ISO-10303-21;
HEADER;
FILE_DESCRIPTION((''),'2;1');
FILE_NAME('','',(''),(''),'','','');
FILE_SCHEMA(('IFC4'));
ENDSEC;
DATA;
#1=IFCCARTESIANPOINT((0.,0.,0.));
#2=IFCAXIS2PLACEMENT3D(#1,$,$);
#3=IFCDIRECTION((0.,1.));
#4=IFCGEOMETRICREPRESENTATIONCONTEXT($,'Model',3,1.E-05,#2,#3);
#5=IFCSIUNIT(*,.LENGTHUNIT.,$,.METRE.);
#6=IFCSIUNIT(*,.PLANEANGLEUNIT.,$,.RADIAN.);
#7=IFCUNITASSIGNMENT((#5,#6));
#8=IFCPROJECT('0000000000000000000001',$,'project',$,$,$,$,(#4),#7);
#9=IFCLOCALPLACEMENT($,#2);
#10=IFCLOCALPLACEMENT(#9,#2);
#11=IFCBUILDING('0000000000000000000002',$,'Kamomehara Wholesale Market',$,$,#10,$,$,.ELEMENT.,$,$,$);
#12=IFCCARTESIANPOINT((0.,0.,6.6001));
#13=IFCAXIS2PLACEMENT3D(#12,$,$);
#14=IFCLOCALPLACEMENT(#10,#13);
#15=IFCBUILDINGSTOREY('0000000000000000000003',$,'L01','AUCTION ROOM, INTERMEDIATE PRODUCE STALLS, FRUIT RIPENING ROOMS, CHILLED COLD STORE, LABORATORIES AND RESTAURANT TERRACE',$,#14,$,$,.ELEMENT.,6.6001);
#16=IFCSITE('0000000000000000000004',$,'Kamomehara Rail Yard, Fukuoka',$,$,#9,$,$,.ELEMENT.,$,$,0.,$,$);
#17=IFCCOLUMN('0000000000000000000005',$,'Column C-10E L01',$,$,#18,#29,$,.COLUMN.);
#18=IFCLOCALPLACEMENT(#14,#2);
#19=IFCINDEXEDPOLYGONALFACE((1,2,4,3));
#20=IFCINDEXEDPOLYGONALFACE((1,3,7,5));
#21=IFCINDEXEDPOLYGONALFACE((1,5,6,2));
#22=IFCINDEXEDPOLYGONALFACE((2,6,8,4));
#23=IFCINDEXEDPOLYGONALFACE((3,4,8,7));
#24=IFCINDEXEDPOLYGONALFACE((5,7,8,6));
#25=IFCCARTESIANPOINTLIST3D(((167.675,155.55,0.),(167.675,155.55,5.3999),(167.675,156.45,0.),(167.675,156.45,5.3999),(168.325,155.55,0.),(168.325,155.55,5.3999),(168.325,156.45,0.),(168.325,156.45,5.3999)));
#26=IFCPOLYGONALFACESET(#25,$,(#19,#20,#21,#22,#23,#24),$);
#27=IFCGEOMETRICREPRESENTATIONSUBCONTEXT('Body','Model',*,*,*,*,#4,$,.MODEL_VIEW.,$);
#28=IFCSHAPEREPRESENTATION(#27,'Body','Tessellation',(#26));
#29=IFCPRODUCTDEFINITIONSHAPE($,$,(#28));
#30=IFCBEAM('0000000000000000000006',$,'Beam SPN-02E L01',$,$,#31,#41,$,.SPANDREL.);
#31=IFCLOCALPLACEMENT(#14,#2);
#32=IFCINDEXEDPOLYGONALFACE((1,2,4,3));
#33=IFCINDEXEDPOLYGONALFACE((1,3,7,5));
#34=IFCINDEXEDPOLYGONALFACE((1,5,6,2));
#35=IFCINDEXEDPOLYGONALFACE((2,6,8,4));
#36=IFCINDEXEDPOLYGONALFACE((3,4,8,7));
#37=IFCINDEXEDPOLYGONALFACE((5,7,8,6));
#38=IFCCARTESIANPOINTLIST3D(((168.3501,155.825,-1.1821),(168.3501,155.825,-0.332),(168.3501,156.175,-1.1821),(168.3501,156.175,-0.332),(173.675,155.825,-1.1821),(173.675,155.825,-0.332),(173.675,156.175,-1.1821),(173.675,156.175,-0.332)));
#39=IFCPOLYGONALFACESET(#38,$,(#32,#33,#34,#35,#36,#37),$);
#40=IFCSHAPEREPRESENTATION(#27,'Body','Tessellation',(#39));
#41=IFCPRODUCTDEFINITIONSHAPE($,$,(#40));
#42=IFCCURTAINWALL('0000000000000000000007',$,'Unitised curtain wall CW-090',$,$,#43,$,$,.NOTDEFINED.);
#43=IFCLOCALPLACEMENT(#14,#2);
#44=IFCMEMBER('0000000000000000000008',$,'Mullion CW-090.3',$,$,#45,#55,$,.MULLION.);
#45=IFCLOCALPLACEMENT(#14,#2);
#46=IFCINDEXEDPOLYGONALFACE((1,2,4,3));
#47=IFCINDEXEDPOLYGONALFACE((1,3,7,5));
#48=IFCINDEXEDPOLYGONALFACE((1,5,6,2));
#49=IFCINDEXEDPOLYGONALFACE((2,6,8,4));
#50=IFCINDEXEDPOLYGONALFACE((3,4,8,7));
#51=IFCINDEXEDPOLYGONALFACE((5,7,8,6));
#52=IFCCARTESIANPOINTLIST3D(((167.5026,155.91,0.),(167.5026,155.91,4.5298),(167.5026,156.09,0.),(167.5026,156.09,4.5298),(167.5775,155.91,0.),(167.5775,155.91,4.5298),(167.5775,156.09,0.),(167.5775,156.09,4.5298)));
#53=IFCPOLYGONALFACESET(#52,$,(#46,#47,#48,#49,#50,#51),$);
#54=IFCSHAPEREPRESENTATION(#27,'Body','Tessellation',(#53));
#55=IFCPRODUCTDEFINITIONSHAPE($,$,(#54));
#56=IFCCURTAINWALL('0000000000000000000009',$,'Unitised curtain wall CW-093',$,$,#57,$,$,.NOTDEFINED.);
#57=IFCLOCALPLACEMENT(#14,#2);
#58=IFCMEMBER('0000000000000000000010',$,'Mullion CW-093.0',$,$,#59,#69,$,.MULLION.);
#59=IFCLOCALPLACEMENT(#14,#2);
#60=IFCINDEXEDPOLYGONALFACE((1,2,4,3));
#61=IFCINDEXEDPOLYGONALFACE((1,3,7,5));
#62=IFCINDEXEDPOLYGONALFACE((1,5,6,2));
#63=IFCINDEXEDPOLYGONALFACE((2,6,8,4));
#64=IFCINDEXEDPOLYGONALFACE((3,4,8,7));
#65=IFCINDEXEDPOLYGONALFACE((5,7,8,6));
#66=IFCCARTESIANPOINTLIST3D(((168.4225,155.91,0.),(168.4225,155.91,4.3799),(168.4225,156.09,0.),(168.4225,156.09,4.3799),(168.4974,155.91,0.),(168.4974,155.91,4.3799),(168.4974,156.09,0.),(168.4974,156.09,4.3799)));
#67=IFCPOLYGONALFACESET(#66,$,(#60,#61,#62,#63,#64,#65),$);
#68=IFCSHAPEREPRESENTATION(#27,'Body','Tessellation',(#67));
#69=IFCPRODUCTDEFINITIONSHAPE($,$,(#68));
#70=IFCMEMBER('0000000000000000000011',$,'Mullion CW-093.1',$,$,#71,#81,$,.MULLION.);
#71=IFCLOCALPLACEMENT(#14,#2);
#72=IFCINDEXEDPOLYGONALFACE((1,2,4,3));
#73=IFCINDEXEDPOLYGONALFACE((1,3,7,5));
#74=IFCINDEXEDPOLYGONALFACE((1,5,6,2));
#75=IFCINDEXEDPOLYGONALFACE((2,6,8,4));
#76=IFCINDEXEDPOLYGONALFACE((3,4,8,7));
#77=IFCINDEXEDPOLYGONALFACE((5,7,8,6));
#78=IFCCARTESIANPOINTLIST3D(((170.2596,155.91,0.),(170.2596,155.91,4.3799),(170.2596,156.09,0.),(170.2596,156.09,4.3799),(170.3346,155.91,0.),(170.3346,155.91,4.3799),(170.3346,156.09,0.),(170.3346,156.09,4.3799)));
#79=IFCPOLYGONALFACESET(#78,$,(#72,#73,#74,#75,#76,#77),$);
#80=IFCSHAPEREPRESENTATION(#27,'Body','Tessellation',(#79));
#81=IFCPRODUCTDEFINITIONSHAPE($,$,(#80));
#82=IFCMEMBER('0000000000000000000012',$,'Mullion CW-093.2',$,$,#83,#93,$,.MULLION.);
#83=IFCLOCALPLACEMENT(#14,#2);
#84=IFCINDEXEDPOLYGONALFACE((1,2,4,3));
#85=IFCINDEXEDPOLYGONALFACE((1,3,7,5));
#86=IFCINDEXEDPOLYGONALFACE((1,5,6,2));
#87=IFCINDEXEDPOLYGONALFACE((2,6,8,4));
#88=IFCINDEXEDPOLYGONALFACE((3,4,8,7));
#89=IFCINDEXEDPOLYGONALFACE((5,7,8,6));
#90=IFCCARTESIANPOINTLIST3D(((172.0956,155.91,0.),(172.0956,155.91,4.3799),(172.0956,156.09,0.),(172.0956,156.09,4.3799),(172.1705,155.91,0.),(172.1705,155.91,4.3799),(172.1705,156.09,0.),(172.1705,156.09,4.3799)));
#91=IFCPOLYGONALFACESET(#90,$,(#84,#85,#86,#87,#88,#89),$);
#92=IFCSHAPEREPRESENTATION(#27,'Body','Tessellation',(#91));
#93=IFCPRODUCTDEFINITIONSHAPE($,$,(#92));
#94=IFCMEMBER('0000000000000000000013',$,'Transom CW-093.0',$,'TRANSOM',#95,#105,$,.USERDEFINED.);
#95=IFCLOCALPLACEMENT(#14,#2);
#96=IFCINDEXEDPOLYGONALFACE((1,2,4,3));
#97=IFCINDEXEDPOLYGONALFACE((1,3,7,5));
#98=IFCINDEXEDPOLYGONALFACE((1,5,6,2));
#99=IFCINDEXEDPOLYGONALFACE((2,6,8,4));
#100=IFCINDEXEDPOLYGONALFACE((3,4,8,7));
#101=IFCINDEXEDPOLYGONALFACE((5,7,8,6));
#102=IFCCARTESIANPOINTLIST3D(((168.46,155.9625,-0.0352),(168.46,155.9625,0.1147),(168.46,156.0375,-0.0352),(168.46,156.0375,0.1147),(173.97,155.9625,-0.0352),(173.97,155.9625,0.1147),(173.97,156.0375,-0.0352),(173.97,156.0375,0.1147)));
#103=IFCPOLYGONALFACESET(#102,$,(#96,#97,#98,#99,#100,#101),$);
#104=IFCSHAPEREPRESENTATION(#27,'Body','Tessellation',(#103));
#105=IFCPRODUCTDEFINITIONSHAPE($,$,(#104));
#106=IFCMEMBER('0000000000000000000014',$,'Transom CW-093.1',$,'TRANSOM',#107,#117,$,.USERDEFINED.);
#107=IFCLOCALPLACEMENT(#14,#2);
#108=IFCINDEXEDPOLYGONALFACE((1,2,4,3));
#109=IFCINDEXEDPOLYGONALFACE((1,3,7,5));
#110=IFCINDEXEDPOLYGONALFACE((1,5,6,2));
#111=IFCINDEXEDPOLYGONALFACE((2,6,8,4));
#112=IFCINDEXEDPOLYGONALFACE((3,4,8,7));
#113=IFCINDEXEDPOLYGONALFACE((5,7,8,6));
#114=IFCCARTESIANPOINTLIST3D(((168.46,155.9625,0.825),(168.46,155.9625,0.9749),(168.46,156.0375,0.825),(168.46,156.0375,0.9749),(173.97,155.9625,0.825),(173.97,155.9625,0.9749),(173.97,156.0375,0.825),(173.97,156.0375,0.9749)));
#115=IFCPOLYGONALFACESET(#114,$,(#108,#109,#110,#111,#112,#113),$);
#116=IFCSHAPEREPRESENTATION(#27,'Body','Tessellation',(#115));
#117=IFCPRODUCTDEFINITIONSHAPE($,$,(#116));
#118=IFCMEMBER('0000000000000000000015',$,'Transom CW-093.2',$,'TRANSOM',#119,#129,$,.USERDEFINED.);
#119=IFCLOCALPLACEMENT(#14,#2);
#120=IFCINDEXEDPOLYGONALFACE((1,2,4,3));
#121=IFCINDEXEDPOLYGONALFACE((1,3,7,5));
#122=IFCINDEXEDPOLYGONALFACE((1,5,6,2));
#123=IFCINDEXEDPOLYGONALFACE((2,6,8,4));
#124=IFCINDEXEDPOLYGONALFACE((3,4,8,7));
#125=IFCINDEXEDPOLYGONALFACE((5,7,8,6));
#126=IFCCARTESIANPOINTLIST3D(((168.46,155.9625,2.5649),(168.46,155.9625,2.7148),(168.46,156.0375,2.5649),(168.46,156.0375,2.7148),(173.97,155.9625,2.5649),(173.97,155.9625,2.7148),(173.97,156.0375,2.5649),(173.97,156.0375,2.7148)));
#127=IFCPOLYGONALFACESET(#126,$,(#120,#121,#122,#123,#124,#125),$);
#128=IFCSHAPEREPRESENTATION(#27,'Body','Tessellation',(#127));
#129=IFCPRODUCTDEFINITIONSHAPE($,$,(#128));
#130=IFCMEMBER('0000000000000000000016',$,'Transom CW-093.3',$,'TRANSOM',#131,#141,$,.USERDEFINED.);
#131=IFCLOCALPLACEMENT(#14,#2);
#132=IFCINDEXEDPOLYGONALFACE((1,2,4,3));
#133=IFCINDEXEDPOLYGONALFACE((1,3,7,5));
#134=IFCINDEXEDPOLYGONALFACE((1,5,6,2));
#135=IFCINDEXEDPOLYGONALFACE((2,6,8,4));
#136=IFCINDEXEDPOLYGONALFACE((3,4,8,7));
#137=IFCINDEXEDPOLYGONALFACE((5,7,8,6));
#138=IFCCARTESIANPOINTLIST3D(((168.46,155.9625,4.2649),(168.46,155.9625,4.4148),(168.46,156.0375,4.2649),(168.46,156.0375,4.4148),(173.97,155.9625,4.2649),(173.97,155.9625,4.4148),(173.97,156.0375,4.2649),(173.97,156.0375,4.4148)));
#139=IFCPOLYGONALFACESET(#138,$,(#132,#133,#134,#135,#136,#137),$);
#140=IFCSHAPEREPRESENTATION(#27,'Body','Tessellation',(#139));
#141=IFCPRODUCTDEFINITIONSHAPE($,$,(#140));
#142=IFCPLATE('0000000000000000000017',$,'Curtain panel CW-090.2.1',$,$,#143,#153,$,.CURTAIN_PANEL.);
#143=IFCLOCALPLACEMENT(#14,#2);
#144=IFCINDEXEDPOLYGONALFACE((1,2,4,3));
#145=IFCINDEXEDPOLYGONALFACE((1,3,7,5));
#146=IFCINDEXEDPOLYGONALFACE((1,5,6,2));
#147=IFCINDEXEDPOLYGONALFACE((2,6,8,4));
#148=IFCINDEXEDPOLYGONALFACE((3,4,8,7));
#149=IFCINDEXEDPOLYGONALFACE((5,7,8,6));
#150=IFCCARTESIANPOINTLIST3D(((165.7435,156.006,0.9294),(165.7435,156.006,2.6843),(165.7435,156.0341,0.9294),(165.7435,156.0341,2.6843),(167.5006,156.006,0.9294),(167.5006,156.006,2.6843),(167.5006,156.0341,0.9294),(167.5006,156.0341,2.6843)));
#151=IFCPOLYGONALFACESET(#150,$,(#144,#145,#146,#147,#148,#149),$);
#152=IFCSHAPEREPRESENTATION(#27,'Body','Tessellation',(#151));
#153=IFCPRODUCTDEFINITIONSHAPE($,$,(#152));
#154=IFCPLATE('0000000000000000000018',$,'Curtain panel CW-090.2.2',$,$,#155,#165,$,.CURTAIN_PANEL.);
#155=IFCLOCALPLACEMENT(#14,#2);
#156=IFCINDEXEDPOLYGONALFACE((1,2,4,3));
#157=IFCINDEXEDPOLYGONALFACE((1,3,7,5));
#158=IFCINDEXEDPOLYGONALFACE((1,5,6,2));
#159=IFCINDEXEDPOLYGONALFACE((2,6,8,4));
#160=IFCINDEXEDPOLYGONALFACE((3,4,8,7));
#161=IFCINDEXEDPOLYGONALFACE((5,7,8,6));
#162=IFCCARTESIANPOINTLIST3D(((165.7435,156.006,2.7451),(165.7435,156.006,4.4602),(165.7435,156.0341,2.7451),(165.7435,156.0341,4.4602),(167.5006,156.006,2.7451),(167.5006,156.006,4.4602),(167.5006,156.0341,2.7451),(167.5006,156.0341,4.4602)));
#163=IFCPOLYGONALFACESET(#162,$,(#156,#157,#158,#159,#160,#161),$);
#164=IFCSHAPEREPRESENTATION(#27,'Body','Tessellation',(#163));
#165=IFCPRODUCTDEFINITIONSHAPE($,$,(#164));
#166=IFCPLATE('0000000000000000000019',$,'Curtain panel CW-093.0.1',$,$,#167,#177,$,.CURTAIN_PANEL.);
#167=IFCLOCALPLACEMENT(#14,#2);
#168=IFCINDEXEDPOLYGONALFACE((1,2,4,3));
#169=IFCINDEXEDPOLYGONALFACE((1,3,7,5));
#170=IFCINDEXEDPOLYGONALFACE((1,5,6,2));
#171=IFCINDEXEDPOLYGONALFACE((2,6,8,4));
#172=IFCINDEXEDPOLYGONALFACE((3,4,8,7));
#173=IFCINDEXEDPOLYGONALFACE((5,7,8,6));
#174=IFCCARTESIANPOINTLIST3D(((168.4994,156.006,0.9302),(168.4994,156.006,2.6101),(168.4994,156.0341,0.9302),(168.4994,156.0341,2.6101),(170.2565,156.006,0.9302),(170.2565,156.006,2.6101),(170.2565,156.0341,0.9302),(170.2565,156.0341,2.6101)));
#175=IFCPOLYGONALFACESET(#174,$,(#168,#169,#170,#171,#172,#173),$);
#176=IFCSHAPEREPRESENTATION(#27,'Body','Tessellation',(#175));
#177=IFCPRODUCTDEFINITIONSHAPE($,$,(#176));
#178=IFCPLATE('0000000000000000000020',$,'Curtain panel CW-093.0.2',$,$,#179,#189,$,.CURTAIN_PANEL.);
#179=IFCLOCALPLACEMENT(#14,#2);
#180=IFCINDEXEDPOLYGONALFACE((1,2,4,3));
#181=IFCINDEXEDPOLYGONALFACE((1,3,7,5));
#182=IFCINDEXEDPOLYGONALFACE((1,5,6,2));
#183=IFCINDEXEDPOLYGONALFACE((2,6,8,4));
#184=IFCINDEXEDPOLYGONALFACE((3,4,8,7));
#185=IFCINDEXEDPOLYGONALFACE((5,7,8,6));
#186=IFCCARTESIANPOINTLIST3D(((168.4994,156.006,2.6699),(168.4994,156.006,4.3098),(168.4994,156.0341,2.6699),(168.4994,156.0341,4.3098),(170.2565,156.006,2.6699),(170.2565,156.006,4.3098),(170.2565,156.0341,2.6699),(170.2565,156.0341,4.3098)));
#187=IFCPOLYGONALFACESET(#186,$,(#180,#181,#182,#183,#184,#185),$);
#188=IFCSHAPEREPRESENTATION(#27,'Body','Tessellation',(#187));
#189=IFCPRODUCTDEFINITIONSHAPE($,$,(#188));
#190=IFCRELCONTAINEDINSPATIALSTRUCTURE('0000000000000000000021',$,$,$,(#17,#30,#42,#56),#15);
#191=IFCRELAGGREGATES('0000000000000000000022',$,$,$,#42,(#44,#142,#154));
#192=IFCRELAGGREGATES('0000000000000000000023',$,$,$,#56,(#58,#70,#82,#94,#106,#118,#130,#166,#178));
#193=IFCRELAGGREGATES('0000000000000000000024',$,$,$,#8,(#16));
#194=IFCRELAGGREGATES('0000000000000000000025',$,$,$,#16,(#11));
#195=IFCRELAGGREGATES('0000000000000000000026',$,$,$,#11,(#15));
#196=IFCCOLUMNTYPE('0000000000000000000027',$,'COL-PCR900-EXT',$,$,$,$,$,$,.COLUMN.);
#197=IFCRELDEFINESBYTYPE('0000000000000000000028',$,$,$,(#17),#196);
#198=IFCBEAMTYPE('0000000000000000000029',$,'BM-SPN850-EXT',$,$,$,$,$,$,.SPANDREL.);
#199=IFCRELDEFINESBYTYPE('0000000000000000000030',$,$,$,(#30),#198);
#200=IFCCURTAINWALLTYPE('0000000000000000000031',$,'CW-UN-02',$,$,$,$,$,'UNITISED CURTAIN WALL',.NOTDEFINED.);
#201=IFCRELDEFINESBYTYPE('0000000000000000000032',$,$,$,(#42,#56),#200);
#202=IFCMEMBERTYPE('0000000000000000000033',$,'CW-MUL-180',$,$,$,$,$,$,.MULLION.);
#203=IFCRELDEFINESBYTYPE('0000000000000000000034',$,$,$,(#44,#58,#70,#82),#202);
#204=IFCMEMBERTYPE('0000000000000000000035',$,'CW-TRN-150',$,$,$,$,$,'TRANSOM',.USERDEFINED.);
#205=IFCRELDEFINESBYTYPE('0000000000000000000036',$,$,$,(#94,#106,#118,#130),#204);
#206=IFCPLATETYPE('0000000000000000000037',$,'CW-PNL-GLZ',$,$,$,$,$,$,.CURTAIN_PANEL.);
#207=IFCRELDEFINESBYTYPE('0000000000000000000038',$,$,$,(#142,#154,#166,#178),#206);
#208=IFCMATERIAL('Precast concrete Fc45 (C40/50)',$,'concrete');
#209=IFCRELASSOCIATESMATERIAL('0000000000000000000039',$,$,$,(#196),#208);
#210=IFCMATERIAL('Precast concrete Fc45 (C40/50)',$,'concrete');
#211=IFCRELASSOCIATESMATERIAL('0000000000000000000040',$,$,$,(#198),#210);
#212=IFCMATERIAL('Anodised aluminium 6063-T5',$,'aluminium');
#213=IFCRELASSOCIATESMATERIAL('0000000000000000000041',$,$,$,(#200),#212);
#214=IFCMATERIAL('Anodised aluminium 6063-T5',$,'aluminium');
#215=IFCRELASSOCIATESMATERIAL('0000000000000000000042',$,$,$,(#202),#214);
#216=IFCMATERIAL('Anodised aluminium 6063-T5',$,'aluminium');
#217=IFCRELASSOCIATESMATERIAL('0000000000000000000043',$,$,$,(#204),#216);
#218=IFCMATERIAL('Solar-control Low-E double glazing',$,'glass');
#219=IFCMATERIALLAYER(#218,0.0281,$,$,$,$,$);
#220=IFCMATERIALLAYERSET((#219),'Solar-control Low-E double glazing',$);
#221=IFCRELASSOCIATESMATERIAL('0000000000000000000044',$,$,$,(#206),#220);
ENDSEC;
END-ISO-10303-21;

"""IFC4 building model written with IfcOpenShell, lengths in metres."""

from ifc_helpers import new_model, si_unit, direction, frame, origin, origin_2d, place, context, subcontext, project, spatial, rectangle, extrude, material, layer, layer_set, material_profile, profile_set, type_object, element, aggregate, save


model = new_model("IFC4")

# Units and contexts
model_context = context("Model", 3, precision=1e-05, world=origin(), true_north=direction((0.0, 1.0)))
body_context = subcontext(model_context, "Body", "Model", "MODEL_VIEW")
ifc_project = project(units=[si_unit("LENGTHUNIT", "METRE"), si_unit("PLANEANGLEUNIT", "RADIAN")], contexts=[model_context])

# Site, building, storey
site_placement = place(None, origin())
site = spatial("IfcSite", under=ifc_project, at=site_placement, Name="Kamomehara Rail Yard, Fukuoka", CompositionType="ELEMENT", RefElevation=0.0)
building_placement = place(site_placement, origin())
building = spatial("IfcBuilding", under=site, at=building_placement, Name="Kamomehara Wholesale Market", CompositionType="ELEMENT")
storey_placement = place(building_placement, frame((0.0, 0.0, 6.6001)))
storey = spatial("IfcBuildingStorey", under=building, at=storey_placement, Name="L01", Description="AUCTION ROOM, INTERMEDIATE PRODUCE STALLS, FRUIT RIPENING ROOMS, CHILLED COLD STORE, LABORATORIES AND RESTAURANT TERRACE", CompositionType="ELEMENT", Elevation=6.6001)

# Column
ifc_material_1 = material(Name="Precast concrete Fc45 (C40/50)", Category="concrete")
ifc_material_profile_1 = material_profile(ifc_material_1, rectangle(XDim=0.6499, YDim=0.8999, at=origin_2d()), Name="PC-COL-650x900")
ifc_profile_set_1 = profile_set([ifc_material_profile_1], Name="Precast concrete Fc45 (C40/50)")
column_type = type_object("IfcColumnType", Name="COL-PCR900-EXT", PredefinedType="COLUMN", material=ifc_profile_set_1)
column_placement = place(storey_placement, frame((168.0, 156.0, 0.0), z_axis=(0.0, 0.0, 1.0), x_axis=(1.0, 0.0, 0.0)))
element("IfcColumn", 1, at=column_placement, inside=storey, type_object=column_type, Name="Column C-10E L01", PredefinedType="COLUMN", context=body_context, shape_type="SweptSolid", body=[
    extrude(rectangle(XDim=0.6499, YDim=0.8999, at=origin_2d()), origin(), (0.0, 0.0, 1.0), 5.3999),
])

# Beam
ifc_material_2 = material(Name="Precast concrete Fc45 (C40/50)", Category="concrete")
ifc_material_profile_2 = material_profile(ifc_material_2, rectangle(XDim=0.3501, YDim=0.8501, at=origin_2d()), Name="PC-SPN-350x850")
ifc_profile_set_2 = profile_set([ifc_material_profile_2], Name="Precast concrete Fc45 (C40/50)")
beam_type = type_object("IfcBeamType", Name="BM-SPN850-EXT", PredefinedType="SPANDREL", material=ifc_profile_set_2)
beam_placement = place(storey_placement, frame((168.3501, 156.0, -0.7571), z_axis=(1.0, 0.0, 0.0), x_axis=(0.0, 1.0, 0.0)))
element("IfcBeam", 2, at=beam_placement, inside=storey, type_object=beam_type, Name="Beam SPN-02E L01", PredefinedType="SPANDREL", context=body_context, shape_type="SweptSolid", body=[
    extrude(rectangle(XDim=0.3501, YDim=0.8501, at=origin_2d()), origin(), (0.0, 0.0, 1.0), 5.325),
])

# Curtain wall, member
ifc_material_3 = material(Name="Anodised aluminium 6063-T5", Category="aluminium")
curtain_wall_type = type_object("IfcCurtainWallType", Name="CW-UN-02", ElementType="UNITISED CURTAIN WALL", PredefinedType="NOTDEFINED", material=ifc_material_3)
curtain_wall_1_placement = place(storey_placement, origin())
curtain_wall_1 = element("IfcCurtainWall", 3, at=curtain_wall_1_placement, inside=storey, type_object=curtain_wall_type, Name="Unitised curtain wall CW-090", PredefinedType="NOTDEFINED")
ifc_material_4 = material(Name="Anodised aluminium 6063-T5", Category="aluminium")
ifc_material_profile_3 = material_profile(ifc_material_4, rectangle(XDim=0.075, YDim=0.1799, at=origin_2d()), Name="ALU-MUL-75x180")
ifc_profile_set_3 = profile_set([ifc_material_profile_3], Name="Anodised aluminium 6063-T5")
member_type_1 = type_object("IfcMemberType", Name="CW-MUL-180", PredefinedType="MULLION", material=ifc_profile_set_3)
member_1_placement = place(storey_placement, frame((167.54, 156.0, 0.0), z_axis=(0.0, 0.0, 1.0), x_axis=(1.0, 0.0, 0.0)))
member_1 = element("IfcMember", 4, at=member_1_placement, type_object=member_type_1, Name="Mullion CW-090.3", PredefinedType="MULLION", context=body_context, shape_type="SweptSolid", body=[
    extrude(rectangle(XDim=0.075, YDim=0.1799, at=origin_2d()), origin(), (0.0, 0.0, 1.0), 4.5298),
])

# Curtain wall, members
curtain_wall_2_placement = place(storey_placement, origin())
curtain_wall_2 = element("IfcCurtainWall", 5, at=curtain_wall_2_placement, inside=storey, type_object=curtain_wall_type, Name="Unitised curtain wall CW-093", PredefinedType="NOTDEFINED")
member_2_placement = place(storey_placement, frame((168.46, 156.0, 0.0), z_axis=(0.0, 0.0, 1.0), x_axis=(1.0, 0.0, 0.0)))
member_2 = element("IfcMember", 6, at=member_2_placement, type_object=member_type_1, Name="Mullion CW-093.0", PredefinedType="MULLION", context=body_context, shape_type="SweptSolid", body=[
    extrude(rectangle(XDim=0.075, YDim=0.1799, at=origin_2d()), origin(), (0.0, 0.0, 1.0), 4.3799),
])
member_3_placement = place(storey_placement, frame((170.2971, 156.0, 0.0), z_axis=(0.0, 0.0, 1.0), x_axis=(1.0, 0.0, 0.0)))
member_3 = element("IfcMember", 7, at=member_3_placement, type_object=member_type_1, Name="Mullion CW-093.1", PredefinedType="MULLION", context=body_context, shape_type="SweptSolid", body=[
    extrude(rectangle(XDim=0.075, YDim=0.1799, at=origin_2d()), origin(), (0.0, 0.0, 1.0), 4.3799),
])
member_4_placement = place(storey_placement, frame((172.1331, 156.0, 0.0), z_axis=(0.0, 0.0, 1.0), x_axis=(1.0, 0.0, 0.0)))
member_4 = element("IfcMember", 8, at=member_4_placement, type_object=member_type_1, Name="Mullion CW-093.2", PredefinedType="MULLION", context=body_context, shape_type="SweptSolid", body=[
    extrude(rectangle(XDim=0.075, YDim=0.1799, at=origin_2d()), origin(), (0.0, 0.0, 1.0), 4.3799),
])
ifc_material_5 = material(Name="Anodised aluminium 6063-T5", Category="aluminium")
ifc_material_profile_4 = material_profile(ifc_material_5, rectangle(XDim=0.075, YDim=0.1499, at=origin_2d()), Name="ALU-TRN-75x150")
ifc_profile_set_4 = profile_set([ifc_material_profile_4], Name="Anodised aluminium 6063-T5")
member_type_2 = type_object("IfcMemberType", Name="CW-TRN-150", ElementType="TRANSOM", PredefinedType="USERDEFINED", material=ifc_profile_set_4)
member_5_placement = place(storey_placement, frame((168.46, 156.0, 0.0398), z_axis=(1.0, 0.0, 0.0), x_axis=(0.0, 1.0, 0.0)))
member_5 = element("IfcMember", 9, at=member_5_placement, type_object=member_type_2, Name="Transom CW-093.0", ObjectType="TRANSOM", PredefinedType="USERDEFINED", context=body_context, shape_type="SweptSolid", body=[
    extrude(rectangle(XDim=0.075, YDim=0.1499, at=origin_2d()), origin(), (0.0, 0.0, 1.0), 5.51),
])
member_6_placement = place(storey_placement, frame((168.46, 156.0, 0.8999), z_axis=(1.0, 0.0, 0.0), x_axis=(0.0, 1.0, 0.0)))
member_6 = element("IfcMember", 10, at=member_6_placement, type_object=member_type_2, Name="Transom CW-093.1", ObjectType="TRANSOM", PredefinedType="USERDEFINED", context=body_context, shape_type="SweptSolid", body=[
    extrude(rectangle(XDim=0.075, YDim=0.1499, at=origin_2d()), origin(), (0.0, 0.0, 1.0), 5.51),
])
member_7_placement = place(storey_placement, frame((168.46, 156.0, 2.6399), z_axis=(1.0, 0.0, 0.0), x_axis=(0.0, 1.0, 0.0)))
member_7 = element("IfcMember", 11, at=member_7_placement, type_object=member_type_2, Name="Transom CW-093.2", ObjectType="TRANSOM", PredefinedType="USERDEFINED", context=body_context, shape_type="SweptSolid", body=[
    extrude(rectangle(XDim=0.075, YDim=0.1499, at=origin_2d()), origin(), (0.0, 0.0, 1.0), 5.51),
])
member_8_placement = place(storey_placement, frame((168.46, 156.0, 4.3398), z_axis=(1.0, 0.0, 0.0), x_axis=(0.0, 1.0, 0.0)))
member_8 = element("IfcMember", 12, at=member_8_placement, type_object=member_type_2, Name="Transom CW-093.3", ObjectType="TRANSOM", PredefinedType="USERDEFINED", context=body_context, shape_type="SweptSolid", body=[
    extrude(rectangle(XDim=0.075, YDim=0.1499, at=origin_2d()), origin(), (0.0, 0.0, 1.0), 5.51),
])

# Plates
ifc_material_6 = material(Name="Solar-control Low-E double glazing", Category="glass")
ifc_layer_1 = layer(ifc_material_6, 0.0281)
ifc_layer_set_1 = layer_set([ifc_layer_1], Name="Solar-control Low-E double glazing")
plate_type_1 = type_object("IfcPlateType", Name="CW-PNL-GLZ", PredefinedType="CURTAIN_PANEL", material=ifc_layer_set_1)
plate_1_placement = place(storey_placement, frame((166.6221, 156.02, 0.9294), z_axis=(0.0, 0.0, 1.0), x_axis=(1.0, 0.0, 0.0)))
plate_1 = element("IfcPlate", 13, at=plate_1_placement, type_object=plate_type_1, Name="Curtain panel CW-090.2.1", PredefinedType="CURTAIN_PANEL", context=body_context, shape_type="SweptSolid", body=[
    extrude(rectangle(XDim=1.7571, YDim=0.0281, at=origin_2d()), origin(), (0.0, 0.0, 1.0), 1.7549),
])
plate_2_placement = place(storey_placement, frame((166.6221, 156.02, 2.7451), z_axis=(0.0, 0.0, 1.0), x_axis=(1.0, 0.0, 0.0)))
plate_2 = element("IfcPlate", 14, at=plate_2_placement, type_object=plate_type_1, Name="Curtain panel CW-090.2.2", PredefinedType="CURTAIN_PANEL", context=body_context, shape_type="SweptSolid", body=[
    extrude(rectangle(XDim=1.7571, YDim=0.0281, at=origin_2d()), origin(), (0.0, 0.0, 1.0), 1.7151),
])
plate_3_placement = place(storey_placement, frame((169.3779, 156.02, 0.9302), z_axis=(0.0, 0.0, 1.0), x_axis=(1.0, 0.0, 0.0)))
plate_3 = element("IfcPlate", 15, at=plate_3_placement, type_object=plate_type_1, Name="Curtain panel CW-093.0.1", PredefinedType="CURTAIN_PANEL", context=body_context, shape_type="SweptSolid", body=[
    extrude(rectangle(XDim=1.7571, YDim=0.0281, at=origin_2d()), origin(), (0.0, 0.0, 1.0), 1.6799),
])
plate_4_placement = place(storey_placement, frame((169.3779, 156.02, 2.6699), z_axis=(0.0, 0.0, 1.0), x_axis=(1.0, 0.0, 0.0)))
plate_4 = element("IfcPlate", 16, at=plate_4_placement, type_object=plate_type_1, Name="Curtain panel CW-093.0.2", PredefinedType="CURTAIN_PANEL", context=body_context, shape_type="SweptSolid", body=[
    extrude(rectangle(XDim=1.7571, YDim=0.0281, at=origin_2d()), origin(), (0.0, 0.0, 1.0), 1.6399),
])
aggregate(curtain_wall_1, [member_1, plate_1, plate_2])
aggregate(curtain_wall_2, [member_2, member_3, member_4, member_5, member_6, member_7, member_8, plate_3, plate_4])

save(model, "model.ifc")
